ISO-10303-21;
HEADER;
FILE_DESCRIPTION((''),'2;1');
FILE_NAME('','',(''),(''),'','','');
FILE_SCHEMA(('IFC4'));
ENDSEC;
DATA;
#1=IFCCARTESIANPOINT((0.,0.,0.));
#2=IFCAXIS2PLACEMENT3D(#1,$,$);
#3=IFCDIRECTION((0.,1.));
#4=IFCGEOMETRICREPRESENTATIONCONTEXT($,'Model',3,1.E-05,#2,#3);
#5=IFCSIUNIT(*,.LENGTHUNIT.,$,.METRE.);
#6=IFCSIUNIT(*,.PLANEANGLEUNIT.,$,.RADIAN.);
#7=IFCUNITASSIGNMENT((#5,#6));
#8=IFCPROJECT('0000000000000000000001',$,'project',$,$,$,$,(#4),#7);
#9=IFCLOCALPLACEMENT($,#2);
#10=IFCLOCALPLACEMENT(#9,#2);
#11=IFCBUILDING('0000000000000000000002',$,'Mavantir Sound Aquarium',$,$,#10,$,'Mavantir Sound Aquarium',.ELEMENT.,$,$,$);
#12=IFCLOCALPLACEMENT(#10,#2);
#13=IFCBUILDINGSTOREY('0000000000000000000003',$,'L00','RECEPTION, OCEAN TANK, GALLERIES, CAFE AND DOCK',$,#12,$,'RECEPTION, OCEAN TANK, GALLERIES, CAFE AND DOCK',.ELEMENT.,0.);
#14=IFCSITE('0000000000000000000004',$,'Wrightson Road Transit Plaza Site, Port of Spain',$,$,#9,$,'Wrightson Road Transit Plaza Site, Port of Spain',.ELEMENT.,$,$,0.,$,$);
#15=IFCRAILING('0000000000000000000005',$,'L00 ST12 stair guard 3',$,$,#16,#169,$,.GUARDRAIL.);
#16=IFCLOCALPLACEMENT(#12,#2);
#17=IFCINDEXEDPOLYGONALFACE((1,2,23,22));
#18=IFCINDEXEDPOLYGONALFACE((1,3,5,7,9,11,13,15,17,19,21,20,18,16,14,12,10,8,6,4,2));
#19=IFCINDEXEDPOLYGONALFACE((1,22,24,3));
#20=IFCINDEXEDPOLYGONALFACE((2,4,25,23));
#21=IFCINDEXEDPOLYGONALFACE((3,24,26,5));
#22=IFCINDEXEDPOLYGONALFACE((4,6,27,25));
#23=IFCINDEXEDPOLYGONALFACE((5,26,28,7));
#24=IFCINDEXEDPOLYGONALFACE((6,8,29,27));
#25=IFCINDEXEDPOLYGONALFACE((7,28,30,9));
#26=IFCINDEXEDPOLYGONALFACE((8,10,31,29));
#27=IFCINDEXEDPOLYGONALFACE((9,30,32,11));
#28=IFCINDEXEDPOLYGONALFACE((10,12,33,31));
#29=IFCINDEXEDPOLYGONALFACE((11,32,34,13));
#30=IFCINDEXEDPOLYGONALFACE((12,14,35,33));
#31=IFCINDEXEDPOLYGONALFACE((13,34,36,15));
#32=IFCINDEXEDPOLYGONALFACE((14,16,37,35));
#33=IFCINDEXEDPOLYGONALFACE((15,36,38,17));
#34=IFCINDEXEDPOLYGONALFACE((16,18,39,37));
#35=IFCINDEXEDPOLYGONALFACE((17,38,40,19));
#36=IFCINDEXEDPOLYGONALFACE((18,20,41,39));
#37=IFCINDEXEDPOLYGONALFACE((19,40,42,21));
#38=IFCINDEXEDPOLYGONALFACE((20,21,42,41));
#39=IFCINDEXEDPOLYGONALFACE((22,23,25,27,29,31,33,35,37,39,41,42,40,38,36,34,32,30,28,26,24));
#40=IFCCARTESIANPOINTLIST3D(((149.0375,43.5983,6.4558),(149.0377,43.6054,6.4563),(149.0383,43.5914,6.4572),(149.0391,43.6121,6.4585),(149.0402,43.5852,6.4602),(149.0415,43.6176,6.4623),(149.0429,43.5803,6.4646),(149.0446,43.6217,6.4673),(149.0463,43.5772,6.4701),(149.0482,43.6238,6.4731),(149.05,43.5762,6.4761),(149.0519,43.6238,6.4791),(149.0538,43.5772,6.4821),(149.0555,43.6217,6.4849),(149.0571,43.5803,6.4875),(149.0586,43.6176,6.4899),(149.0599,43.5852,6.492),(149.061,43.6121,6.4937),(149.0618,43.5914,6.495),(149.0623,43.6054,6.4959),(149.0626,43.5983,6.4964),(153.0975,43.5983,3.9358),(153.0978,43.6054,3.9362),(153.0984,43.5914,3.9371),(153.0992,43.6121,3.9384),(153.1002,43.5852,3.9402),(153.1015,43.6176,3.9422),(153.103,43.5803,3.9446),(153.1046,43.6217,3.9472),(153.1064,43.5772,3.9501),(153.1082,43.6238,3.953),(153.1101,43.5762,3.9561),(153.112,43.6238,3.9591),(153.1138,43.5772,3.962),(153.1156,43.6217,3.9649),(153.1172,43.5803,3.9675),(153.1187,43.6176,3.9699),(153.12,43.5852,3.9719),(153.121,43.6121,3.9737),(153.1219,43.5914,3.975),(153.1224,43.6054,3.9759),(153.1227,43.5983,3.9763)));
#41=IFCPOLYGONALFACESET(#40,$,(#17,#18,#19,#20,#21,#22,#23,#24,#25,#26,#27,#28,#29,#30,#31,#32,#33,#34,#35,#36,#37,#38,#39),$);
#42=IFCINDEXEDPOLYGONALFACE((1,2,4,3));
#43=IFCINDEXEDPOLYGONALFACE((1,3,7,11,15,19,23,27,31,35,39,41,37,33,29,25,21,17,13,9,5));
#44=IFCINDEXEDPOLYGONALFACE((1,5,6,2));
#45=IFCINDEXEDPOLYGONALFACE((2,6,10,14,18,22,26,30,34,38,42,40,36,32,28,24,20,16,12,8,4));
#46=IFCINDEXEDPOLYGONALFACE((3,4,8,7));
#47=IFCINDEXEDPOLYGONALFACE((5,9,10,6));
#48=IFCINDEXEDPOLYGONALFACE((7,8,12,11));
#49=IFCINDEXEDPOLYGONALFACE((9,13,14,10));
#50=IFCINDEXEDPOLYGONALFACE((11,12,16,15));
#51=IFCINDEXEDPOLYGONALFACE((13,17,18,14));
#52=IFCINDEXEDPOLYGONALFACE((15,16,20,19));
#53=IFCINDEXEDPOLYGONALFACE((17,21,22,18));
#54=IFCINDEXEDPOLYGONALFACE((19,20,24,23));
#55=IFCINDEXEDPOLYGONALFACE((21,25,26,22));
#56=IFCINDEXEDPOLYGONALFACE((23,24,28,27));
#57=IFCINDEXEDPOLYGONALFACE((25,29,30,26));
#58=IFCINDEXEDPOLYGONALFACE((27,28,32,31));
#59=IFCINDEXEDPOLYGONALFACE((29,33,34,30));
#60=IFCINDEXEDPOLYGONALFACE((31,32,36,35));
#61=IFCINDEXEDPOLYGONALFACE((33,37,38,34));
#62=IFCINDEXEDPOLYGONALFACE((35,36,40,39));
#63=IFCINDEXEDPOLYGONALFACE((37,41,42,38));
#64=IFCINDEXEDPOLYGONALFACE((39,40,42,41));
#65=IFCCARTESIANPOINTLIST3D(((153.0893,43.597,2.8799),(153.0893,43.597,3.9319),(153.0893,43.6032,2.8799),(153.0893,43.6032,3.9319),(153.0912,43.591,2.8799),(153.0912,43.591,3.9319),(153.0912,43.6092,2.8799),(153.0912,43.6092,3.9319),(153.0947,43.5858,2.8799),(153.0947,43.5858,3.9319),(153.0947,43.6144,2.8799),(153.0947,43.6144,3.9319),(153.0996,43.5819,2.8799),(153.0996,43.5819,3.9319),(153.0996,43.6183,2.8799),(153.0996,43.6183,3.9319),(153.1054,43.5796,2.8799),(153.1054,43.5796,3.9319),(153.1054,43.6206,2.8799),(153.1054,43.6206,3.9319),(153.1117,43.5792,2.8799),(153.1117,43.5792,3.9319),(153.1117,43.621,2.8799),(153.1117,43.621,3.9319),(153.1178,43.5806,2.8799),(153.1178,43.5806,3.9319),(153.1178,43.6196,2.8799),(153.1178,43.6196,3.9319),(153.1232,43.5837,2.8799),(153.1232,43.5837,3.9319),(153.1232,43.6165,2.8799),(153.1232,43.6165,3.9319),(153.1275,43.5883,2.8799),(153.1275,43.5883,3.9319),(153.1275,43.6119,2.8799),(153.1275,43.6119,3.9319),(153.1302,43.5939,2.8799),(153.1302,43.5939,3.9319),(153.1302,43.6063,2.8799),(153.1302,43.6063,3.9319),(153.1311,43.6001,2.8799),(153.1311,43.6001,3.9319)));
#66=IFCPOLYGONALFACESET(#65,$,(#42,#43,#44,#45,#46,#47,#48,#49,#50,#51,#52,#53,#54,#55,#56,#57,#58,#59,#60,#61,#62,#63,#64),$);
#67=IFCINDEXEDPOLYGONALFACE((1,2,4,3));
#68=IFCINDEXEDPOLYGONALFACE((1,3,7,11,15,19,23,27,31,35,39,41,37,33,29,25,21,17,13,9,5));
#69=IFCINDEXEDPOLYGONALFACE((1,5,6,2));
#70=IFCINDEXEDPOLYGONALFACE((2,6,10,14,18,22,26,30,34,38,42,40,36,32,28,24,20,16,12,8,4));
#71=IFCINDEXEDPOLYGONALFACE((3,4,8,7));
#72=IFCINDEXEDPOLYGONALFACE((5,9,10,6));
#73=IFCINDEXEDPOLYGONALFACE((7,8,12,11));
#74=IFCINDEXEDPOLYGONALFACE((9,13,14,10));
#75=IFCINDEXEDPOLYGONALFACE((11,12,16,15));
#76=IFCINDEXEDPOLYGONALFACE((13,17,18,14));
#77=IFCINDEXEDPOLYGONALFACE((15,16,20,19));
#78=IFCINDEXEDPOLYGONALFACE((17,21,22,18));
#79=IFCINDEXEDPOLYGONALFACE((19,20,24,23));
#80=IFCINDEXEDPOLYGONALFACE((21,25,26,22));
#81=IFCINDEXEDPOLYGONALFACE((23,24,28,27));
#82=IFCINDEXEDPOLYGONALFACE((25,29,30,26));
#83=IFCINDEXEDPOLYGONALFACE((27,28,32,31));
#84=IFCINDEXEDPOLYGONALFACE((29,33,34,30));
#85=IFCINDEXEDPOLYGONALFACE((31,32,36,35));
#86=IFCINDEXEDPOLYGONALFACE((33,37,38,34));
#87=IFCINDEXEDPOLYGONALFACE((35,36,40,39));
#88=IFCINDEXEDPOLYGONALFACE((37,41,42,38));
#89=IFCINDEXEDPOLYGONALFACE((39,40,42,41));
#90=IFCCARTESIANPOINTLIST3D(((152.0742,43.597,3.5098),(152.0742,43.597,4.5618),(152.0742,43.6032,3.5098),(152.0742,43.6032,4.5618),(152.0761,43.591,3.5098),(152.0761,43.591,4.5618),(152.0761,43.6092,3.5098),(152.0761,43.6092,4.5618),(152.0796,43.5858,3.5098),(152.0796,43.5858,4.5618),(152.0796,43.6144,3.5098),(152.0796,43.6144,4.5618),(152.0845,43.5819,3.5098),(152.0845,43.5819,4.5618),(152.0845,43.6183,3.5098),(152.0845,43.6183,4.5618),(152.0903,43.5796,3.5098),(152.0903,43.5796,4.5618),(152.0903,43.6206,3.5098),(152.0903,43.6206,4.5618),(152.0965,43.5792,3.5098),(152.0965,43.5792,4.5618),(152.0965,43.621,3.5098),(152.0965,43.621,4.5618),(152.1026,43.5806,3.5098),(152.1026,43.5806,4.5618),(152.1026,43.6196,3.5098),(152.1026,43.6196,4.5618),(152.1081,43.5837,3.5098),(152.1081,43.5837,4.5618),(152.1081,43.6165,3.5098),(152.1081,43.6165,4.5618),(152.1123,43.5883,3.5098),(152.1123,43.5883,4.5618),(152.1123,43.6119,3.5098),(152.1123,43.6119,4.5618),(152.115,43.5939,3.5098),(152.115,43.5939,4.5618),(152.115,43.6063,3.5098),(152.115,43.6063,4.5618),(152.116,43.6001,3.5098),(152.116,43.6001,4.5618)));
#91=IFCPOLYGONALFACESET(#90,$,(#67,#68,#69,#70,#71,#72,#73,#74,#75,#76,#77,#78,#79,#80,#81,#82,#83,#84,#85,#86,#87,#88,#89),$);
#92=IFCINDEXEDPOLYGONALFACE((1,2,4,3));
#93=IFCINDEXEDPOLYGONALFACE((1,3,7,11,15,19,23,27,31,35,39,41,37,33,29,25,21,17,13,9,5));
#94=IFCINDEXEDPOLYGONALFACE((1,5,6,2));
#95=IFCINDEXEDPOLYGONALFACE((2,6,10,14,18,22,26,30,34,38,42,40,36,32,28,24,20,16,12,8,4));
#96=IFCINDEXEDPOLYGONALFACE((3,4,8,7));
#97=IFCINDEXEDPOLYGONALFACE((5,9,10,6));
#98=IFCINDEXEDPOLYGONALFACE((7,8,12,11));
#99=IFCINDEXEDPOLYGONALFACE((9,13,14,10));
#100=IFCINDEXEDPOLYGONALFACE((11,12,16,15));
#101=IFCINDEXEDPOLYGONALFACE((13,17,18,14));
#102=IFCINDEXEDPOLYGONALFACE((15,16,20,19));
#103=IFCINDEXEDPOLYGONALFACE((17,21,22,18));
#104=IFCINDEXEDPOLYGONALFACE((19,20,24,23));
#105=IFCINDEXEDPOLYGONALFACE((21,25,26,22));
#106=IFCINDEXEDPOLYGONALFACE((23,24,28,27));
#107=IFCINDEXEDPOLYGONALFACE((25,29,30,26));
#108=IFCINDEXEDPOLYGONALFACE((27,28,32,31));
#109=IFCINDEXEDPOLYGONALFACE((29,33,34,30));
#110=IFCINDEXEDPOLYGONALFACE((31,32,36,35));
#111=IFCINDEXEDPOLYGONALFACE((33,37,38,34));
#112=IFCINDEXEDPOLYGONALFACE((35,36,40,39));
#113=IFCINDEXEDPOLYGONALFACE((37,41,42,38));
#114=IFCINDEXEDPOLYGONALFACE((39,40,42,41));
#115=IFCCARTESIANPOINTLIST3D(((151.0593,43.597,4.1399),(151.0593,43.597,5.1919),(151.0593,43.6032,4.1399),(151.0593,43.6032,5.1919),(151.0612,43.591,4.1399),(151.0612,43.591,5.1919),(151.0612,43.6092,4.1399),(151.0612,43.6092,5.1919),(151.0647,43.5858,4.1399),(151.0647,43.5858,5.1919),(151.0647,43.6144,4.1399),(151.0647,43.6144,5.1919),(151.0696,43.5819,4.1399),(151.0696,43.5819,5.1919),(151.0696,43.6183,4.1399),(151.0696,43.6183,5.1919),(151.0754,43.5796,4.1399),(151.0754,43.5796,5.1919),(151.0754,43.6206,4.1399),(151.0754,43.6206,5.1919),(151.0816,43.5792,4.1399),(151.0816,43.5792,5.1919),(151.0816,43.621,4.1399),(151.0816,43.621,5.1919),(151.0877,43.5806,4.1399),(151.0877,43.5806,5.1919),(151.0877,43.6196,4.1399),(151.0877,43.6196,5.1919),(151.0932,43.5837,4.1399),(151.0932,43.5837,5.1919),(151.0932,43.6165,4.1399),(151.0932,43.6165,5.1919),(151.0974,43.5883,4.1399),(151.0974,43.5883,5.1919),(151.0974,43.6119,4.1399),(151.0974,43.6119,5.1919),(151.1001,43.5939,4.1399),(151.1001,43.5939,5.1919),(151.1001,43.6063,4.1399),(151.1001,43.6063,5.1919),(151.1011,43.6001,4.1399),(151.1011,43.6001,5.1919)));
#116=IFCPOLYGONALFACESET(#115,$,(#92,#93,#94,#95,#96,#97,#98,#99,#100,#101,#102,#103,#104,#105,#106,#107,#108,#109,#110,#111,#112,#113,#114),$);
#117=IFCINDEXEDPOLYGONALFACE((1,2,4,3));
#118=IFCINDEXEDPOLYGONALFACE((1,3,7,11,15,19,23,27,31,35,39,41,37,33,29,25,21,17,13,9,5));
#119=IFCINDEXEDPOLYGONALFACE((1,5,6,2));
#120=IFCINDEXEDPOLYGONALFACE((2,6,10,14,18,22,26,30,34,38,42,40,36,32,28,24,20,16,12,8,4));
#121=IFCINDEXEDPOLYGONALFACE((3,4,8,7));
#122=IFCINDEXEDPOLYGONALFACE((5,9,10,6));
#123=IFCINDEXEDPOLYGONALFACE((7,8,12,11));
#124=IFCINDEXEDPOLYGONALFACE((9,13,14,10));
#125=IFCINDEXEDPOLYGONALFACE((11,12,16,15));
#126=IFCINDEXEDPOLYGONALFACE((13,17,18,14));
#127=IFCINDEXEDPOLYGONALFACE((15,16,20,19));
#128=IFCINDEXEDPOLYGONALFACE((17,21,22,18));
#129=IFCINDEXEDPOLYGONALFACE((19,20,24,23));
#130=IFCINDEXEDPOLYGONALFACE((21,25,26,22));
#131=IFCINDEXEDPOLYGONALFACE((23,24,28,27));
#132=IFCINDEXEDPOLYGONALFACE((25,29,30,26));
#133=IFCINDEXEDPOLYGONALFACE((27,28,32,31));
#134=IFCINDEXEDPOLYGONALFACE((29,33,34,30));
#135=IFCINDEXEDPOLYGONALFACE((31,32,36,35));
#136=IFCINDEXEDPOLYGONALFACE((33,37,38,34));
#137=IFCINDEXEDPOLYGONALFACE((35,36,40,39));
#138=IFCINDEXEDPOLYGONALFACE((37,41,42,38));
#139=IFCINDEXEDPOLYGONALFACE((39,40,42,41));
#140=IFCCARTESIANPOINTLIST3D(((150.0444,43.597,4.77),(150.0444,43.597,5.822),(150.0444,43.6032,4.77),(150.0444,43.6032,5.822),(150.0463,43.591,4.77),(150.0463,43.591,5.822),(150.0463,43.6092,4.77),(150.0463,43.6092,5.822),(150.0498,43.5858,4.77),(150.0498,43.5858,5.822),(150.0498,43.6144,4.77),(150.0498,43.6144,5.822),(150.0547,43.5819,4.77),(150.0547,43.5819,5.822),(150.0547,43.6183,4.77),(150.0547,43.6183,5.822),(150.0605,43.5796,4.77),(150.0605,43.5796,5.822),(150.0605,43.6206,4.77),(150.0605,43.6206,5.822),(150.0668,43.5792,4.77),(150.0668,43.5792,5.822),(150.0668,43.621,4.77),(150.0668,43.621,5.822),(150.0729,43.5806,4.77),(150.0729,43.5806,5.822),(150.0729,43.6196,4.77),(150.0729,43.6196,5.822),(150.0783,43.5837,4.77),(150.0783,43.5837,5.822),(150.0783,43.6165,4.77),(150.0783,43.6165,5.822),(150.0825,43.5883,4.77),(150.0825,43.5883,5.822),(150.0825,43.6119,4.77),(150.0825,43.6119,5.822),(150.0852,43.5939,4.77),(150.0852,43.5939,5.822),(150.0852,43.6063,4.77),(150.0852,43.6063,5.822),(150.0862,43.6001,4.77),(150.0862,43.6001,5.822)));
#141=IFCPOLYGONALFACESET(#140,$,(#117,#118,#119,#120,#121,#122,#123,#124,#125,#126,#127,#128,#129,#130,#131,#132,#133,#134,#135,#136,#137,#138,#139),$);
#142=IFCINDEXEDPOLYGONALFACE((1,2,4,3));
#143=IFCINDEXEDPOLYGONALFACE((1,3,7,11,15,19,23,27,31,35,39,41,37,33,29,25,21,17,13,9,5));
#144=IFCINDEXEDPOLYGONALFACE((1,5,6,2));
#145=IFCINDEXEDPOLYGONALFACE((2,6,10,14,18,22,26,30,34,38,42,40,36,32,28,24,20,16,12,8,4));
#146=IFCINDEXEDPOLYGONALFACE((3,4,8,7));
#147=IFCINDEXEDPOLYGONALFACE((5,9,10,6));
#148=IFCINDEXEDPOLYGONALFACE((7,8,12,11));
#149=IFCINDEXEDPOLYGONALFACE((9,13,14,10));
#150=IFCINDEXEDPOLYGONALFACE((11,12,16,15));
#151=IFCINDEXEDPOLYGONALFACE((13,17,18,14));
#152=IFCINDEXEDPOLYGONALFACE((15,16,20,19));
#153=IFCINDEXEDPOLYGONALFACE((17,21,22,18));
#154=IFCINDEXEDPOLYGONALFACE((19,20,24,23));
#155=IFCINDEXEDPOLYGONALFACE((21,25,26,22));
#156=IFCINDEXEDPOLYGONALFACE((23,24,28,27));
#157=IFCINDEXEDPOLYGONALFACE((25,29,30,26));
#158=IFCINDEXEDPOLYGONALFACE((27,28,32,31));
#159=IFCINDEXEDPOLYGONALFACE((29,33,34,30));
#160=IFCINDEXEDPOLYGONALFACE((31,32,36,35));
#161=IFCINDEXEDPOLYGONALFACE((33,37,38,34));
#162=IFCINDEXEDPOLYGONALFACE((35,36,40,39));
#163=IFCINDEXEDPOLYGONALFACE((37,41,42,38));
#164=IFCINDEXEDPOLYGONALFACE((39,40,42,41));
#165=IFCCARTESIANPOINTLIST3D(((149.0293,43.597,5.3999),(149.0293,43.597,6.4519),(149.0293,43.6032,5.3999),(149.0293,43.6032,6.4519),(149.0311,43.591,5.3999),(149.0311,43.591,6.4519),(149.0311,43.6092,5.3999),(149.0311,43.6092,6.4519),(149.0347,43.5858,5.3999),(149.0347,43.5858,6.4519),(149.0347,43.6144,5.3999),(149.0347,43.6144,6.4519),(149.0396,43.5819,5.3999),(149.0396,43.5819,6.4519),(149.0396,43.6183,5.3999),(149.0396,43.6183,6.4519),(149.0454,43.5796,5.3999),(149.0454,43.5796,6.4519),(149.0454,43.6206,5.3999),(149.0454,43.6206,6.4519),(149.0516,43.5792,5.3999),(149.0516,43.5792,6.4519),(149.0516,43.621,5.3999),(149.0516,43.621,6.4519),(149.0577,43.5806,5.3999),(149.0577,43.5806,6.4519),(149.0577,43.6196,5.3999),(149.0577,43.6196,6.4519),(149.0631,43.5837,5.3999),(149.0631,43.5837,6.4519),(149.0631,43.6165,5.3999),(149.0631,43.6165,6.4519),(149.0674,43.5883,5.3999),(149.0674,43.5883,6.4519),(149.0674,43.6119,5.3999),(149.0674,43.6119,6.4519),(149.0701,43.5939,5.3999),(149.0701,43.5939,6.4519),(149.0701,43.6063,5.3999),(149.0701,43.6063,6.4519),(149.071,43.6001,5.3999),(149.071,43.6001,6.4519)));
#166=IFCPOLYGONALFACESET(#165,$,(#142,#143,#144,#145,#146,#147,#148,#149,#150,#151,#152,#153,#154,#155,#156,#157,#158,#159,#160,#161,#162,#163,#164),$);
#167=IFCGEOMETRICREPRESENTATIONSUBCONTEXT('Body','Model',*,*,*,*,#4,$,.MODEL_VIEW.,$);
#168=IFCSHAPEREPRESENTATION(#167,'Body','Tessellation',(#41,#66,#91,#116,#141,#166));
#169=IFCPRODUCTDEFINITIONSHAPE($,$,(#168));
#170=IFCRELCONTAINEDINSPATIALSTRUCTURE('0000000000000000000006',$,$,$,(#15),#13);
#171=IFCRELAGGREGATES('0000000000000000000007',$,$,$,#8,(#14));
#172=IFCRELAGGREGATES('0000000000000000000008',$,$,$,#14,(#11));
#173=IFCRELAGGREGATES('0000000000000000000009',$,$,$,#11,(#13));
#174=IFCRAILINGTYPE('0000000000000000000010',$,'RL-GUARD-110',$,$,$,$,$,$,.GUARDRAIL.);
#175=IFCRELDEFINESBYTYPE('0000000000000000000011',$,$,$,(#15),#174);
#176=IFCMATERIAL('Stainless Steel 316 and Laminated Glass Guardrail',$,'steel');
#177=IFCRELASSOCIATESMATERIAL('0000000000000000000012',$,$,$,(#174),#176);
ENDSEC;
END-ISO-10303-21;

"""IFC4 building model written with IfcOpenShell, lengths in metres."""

from ifc_helpers import new_model, si_unit, direction, frame, origin, origin_2d, place, context, subcontext, project, spatial, circle, extrude, material, type_object, element, save


model = new_model("IFC4")

# Units and contexts
model_context = context("Model", 3, precision=1e-05, world=origin(), true_north=direction((0.0, 1.0)))
body_context = subcontext(model_context, "Body", "Model", "MODEL_VIEW")
ifc_project = project(units=[si_unit("LENGTHUNIT", "METRE"), si_unit("PLANEANGLEUNIT", "RADIAN")], contexts=[model_context])

# Site, building, storey
site_placement = place(None, origin())
site = spatial("IfcSite", under=ifc_project, at=site_placement, Name="Wrightson Road Transit Plaza Site, Port of Spain", LongName="Wrightson Road Transit Plaza Site, Port of Spain", CompositionType="ELEMENT", RefElevation=0.0)
building_placement = place(site_placement, origin())
building = spatial("IfcBuilding", under=site, at=building_placement, Name="Mavantir Sound Aquarium", LongName="Mavantir Sound Aquarium", CompositionType="ELEMENT")
storey_placement = place(building_placement, origin())
storey = spatial("IfcBuildingStorey", under=building, at=storey_placement, Name="L00", Description="RECEPTION, OCEAN TANK, GALLERIES, CAFE AND DOCK", LongName="RECEPTION, OCEAN TANK, GALLERIES, CAFE AND DOCK", CompositionType="ELEMENT", Elevation=0.0)

# Railing
ifc_material_1 = material(Name="Stainless Steel 316 and Laminated Glass Guardrail", Category="steel")
railing_type_1 = type_object("IfcRailingType", Name="RL-GUARD-110", PredefinedType="GUARDRAIL", material=ifc_material_1)
railing_1_placement = place(storey_placement, frame((153.1101, 43.6001, 2.8799)))
element("IfcRailing", 1, at=railing_1_placement, inside=storey, type_object=railing_type_1, Name="L00 ST12 stair guard 3", PredefinedType="GUARDRAIL", context=body_context, shape_type="SweptSolid", body=[
    extrude(circle(Radius=0.0239, at=origin_2d()), frame((0.0, 0.0, 1.0762), z_axis=(-0.849642, 0.0, 0.52736), x_axis=(0.0, -1.0, 0.0)), (0.0, 0.0, 1.0), 4.7786),
    extrude(circle(Radius=0.021, at=origin_2d()), origin(), (0.0, 0.0, 1.0), 1.052),
    extrude(circle(Radius=0.021, at=origin_2d()), frame((-1.0151, 0.0, 0.6299)), (0.0, 0.0, 1.0), 1.052),
    extrude(circle(Radius=0.021, at=origin_2d()), frame((-2.03, 0.0, 1.26)), (0.0, 0.0, 1.0), 1.052),
    extrude(circle(Radius=0.021, at=origin_2d()), frame((-3.0449, 0.0, 1.8901)), (0.0, 0.0, 1.0), 1.052),
    extrude(circle(Radius=0.021, at=origin_2d()), frame((-4.0601, 0.0, 2.52)), (0.0, 0.0, 1.0), 1.052),
])

save(model, "model.ifc")
